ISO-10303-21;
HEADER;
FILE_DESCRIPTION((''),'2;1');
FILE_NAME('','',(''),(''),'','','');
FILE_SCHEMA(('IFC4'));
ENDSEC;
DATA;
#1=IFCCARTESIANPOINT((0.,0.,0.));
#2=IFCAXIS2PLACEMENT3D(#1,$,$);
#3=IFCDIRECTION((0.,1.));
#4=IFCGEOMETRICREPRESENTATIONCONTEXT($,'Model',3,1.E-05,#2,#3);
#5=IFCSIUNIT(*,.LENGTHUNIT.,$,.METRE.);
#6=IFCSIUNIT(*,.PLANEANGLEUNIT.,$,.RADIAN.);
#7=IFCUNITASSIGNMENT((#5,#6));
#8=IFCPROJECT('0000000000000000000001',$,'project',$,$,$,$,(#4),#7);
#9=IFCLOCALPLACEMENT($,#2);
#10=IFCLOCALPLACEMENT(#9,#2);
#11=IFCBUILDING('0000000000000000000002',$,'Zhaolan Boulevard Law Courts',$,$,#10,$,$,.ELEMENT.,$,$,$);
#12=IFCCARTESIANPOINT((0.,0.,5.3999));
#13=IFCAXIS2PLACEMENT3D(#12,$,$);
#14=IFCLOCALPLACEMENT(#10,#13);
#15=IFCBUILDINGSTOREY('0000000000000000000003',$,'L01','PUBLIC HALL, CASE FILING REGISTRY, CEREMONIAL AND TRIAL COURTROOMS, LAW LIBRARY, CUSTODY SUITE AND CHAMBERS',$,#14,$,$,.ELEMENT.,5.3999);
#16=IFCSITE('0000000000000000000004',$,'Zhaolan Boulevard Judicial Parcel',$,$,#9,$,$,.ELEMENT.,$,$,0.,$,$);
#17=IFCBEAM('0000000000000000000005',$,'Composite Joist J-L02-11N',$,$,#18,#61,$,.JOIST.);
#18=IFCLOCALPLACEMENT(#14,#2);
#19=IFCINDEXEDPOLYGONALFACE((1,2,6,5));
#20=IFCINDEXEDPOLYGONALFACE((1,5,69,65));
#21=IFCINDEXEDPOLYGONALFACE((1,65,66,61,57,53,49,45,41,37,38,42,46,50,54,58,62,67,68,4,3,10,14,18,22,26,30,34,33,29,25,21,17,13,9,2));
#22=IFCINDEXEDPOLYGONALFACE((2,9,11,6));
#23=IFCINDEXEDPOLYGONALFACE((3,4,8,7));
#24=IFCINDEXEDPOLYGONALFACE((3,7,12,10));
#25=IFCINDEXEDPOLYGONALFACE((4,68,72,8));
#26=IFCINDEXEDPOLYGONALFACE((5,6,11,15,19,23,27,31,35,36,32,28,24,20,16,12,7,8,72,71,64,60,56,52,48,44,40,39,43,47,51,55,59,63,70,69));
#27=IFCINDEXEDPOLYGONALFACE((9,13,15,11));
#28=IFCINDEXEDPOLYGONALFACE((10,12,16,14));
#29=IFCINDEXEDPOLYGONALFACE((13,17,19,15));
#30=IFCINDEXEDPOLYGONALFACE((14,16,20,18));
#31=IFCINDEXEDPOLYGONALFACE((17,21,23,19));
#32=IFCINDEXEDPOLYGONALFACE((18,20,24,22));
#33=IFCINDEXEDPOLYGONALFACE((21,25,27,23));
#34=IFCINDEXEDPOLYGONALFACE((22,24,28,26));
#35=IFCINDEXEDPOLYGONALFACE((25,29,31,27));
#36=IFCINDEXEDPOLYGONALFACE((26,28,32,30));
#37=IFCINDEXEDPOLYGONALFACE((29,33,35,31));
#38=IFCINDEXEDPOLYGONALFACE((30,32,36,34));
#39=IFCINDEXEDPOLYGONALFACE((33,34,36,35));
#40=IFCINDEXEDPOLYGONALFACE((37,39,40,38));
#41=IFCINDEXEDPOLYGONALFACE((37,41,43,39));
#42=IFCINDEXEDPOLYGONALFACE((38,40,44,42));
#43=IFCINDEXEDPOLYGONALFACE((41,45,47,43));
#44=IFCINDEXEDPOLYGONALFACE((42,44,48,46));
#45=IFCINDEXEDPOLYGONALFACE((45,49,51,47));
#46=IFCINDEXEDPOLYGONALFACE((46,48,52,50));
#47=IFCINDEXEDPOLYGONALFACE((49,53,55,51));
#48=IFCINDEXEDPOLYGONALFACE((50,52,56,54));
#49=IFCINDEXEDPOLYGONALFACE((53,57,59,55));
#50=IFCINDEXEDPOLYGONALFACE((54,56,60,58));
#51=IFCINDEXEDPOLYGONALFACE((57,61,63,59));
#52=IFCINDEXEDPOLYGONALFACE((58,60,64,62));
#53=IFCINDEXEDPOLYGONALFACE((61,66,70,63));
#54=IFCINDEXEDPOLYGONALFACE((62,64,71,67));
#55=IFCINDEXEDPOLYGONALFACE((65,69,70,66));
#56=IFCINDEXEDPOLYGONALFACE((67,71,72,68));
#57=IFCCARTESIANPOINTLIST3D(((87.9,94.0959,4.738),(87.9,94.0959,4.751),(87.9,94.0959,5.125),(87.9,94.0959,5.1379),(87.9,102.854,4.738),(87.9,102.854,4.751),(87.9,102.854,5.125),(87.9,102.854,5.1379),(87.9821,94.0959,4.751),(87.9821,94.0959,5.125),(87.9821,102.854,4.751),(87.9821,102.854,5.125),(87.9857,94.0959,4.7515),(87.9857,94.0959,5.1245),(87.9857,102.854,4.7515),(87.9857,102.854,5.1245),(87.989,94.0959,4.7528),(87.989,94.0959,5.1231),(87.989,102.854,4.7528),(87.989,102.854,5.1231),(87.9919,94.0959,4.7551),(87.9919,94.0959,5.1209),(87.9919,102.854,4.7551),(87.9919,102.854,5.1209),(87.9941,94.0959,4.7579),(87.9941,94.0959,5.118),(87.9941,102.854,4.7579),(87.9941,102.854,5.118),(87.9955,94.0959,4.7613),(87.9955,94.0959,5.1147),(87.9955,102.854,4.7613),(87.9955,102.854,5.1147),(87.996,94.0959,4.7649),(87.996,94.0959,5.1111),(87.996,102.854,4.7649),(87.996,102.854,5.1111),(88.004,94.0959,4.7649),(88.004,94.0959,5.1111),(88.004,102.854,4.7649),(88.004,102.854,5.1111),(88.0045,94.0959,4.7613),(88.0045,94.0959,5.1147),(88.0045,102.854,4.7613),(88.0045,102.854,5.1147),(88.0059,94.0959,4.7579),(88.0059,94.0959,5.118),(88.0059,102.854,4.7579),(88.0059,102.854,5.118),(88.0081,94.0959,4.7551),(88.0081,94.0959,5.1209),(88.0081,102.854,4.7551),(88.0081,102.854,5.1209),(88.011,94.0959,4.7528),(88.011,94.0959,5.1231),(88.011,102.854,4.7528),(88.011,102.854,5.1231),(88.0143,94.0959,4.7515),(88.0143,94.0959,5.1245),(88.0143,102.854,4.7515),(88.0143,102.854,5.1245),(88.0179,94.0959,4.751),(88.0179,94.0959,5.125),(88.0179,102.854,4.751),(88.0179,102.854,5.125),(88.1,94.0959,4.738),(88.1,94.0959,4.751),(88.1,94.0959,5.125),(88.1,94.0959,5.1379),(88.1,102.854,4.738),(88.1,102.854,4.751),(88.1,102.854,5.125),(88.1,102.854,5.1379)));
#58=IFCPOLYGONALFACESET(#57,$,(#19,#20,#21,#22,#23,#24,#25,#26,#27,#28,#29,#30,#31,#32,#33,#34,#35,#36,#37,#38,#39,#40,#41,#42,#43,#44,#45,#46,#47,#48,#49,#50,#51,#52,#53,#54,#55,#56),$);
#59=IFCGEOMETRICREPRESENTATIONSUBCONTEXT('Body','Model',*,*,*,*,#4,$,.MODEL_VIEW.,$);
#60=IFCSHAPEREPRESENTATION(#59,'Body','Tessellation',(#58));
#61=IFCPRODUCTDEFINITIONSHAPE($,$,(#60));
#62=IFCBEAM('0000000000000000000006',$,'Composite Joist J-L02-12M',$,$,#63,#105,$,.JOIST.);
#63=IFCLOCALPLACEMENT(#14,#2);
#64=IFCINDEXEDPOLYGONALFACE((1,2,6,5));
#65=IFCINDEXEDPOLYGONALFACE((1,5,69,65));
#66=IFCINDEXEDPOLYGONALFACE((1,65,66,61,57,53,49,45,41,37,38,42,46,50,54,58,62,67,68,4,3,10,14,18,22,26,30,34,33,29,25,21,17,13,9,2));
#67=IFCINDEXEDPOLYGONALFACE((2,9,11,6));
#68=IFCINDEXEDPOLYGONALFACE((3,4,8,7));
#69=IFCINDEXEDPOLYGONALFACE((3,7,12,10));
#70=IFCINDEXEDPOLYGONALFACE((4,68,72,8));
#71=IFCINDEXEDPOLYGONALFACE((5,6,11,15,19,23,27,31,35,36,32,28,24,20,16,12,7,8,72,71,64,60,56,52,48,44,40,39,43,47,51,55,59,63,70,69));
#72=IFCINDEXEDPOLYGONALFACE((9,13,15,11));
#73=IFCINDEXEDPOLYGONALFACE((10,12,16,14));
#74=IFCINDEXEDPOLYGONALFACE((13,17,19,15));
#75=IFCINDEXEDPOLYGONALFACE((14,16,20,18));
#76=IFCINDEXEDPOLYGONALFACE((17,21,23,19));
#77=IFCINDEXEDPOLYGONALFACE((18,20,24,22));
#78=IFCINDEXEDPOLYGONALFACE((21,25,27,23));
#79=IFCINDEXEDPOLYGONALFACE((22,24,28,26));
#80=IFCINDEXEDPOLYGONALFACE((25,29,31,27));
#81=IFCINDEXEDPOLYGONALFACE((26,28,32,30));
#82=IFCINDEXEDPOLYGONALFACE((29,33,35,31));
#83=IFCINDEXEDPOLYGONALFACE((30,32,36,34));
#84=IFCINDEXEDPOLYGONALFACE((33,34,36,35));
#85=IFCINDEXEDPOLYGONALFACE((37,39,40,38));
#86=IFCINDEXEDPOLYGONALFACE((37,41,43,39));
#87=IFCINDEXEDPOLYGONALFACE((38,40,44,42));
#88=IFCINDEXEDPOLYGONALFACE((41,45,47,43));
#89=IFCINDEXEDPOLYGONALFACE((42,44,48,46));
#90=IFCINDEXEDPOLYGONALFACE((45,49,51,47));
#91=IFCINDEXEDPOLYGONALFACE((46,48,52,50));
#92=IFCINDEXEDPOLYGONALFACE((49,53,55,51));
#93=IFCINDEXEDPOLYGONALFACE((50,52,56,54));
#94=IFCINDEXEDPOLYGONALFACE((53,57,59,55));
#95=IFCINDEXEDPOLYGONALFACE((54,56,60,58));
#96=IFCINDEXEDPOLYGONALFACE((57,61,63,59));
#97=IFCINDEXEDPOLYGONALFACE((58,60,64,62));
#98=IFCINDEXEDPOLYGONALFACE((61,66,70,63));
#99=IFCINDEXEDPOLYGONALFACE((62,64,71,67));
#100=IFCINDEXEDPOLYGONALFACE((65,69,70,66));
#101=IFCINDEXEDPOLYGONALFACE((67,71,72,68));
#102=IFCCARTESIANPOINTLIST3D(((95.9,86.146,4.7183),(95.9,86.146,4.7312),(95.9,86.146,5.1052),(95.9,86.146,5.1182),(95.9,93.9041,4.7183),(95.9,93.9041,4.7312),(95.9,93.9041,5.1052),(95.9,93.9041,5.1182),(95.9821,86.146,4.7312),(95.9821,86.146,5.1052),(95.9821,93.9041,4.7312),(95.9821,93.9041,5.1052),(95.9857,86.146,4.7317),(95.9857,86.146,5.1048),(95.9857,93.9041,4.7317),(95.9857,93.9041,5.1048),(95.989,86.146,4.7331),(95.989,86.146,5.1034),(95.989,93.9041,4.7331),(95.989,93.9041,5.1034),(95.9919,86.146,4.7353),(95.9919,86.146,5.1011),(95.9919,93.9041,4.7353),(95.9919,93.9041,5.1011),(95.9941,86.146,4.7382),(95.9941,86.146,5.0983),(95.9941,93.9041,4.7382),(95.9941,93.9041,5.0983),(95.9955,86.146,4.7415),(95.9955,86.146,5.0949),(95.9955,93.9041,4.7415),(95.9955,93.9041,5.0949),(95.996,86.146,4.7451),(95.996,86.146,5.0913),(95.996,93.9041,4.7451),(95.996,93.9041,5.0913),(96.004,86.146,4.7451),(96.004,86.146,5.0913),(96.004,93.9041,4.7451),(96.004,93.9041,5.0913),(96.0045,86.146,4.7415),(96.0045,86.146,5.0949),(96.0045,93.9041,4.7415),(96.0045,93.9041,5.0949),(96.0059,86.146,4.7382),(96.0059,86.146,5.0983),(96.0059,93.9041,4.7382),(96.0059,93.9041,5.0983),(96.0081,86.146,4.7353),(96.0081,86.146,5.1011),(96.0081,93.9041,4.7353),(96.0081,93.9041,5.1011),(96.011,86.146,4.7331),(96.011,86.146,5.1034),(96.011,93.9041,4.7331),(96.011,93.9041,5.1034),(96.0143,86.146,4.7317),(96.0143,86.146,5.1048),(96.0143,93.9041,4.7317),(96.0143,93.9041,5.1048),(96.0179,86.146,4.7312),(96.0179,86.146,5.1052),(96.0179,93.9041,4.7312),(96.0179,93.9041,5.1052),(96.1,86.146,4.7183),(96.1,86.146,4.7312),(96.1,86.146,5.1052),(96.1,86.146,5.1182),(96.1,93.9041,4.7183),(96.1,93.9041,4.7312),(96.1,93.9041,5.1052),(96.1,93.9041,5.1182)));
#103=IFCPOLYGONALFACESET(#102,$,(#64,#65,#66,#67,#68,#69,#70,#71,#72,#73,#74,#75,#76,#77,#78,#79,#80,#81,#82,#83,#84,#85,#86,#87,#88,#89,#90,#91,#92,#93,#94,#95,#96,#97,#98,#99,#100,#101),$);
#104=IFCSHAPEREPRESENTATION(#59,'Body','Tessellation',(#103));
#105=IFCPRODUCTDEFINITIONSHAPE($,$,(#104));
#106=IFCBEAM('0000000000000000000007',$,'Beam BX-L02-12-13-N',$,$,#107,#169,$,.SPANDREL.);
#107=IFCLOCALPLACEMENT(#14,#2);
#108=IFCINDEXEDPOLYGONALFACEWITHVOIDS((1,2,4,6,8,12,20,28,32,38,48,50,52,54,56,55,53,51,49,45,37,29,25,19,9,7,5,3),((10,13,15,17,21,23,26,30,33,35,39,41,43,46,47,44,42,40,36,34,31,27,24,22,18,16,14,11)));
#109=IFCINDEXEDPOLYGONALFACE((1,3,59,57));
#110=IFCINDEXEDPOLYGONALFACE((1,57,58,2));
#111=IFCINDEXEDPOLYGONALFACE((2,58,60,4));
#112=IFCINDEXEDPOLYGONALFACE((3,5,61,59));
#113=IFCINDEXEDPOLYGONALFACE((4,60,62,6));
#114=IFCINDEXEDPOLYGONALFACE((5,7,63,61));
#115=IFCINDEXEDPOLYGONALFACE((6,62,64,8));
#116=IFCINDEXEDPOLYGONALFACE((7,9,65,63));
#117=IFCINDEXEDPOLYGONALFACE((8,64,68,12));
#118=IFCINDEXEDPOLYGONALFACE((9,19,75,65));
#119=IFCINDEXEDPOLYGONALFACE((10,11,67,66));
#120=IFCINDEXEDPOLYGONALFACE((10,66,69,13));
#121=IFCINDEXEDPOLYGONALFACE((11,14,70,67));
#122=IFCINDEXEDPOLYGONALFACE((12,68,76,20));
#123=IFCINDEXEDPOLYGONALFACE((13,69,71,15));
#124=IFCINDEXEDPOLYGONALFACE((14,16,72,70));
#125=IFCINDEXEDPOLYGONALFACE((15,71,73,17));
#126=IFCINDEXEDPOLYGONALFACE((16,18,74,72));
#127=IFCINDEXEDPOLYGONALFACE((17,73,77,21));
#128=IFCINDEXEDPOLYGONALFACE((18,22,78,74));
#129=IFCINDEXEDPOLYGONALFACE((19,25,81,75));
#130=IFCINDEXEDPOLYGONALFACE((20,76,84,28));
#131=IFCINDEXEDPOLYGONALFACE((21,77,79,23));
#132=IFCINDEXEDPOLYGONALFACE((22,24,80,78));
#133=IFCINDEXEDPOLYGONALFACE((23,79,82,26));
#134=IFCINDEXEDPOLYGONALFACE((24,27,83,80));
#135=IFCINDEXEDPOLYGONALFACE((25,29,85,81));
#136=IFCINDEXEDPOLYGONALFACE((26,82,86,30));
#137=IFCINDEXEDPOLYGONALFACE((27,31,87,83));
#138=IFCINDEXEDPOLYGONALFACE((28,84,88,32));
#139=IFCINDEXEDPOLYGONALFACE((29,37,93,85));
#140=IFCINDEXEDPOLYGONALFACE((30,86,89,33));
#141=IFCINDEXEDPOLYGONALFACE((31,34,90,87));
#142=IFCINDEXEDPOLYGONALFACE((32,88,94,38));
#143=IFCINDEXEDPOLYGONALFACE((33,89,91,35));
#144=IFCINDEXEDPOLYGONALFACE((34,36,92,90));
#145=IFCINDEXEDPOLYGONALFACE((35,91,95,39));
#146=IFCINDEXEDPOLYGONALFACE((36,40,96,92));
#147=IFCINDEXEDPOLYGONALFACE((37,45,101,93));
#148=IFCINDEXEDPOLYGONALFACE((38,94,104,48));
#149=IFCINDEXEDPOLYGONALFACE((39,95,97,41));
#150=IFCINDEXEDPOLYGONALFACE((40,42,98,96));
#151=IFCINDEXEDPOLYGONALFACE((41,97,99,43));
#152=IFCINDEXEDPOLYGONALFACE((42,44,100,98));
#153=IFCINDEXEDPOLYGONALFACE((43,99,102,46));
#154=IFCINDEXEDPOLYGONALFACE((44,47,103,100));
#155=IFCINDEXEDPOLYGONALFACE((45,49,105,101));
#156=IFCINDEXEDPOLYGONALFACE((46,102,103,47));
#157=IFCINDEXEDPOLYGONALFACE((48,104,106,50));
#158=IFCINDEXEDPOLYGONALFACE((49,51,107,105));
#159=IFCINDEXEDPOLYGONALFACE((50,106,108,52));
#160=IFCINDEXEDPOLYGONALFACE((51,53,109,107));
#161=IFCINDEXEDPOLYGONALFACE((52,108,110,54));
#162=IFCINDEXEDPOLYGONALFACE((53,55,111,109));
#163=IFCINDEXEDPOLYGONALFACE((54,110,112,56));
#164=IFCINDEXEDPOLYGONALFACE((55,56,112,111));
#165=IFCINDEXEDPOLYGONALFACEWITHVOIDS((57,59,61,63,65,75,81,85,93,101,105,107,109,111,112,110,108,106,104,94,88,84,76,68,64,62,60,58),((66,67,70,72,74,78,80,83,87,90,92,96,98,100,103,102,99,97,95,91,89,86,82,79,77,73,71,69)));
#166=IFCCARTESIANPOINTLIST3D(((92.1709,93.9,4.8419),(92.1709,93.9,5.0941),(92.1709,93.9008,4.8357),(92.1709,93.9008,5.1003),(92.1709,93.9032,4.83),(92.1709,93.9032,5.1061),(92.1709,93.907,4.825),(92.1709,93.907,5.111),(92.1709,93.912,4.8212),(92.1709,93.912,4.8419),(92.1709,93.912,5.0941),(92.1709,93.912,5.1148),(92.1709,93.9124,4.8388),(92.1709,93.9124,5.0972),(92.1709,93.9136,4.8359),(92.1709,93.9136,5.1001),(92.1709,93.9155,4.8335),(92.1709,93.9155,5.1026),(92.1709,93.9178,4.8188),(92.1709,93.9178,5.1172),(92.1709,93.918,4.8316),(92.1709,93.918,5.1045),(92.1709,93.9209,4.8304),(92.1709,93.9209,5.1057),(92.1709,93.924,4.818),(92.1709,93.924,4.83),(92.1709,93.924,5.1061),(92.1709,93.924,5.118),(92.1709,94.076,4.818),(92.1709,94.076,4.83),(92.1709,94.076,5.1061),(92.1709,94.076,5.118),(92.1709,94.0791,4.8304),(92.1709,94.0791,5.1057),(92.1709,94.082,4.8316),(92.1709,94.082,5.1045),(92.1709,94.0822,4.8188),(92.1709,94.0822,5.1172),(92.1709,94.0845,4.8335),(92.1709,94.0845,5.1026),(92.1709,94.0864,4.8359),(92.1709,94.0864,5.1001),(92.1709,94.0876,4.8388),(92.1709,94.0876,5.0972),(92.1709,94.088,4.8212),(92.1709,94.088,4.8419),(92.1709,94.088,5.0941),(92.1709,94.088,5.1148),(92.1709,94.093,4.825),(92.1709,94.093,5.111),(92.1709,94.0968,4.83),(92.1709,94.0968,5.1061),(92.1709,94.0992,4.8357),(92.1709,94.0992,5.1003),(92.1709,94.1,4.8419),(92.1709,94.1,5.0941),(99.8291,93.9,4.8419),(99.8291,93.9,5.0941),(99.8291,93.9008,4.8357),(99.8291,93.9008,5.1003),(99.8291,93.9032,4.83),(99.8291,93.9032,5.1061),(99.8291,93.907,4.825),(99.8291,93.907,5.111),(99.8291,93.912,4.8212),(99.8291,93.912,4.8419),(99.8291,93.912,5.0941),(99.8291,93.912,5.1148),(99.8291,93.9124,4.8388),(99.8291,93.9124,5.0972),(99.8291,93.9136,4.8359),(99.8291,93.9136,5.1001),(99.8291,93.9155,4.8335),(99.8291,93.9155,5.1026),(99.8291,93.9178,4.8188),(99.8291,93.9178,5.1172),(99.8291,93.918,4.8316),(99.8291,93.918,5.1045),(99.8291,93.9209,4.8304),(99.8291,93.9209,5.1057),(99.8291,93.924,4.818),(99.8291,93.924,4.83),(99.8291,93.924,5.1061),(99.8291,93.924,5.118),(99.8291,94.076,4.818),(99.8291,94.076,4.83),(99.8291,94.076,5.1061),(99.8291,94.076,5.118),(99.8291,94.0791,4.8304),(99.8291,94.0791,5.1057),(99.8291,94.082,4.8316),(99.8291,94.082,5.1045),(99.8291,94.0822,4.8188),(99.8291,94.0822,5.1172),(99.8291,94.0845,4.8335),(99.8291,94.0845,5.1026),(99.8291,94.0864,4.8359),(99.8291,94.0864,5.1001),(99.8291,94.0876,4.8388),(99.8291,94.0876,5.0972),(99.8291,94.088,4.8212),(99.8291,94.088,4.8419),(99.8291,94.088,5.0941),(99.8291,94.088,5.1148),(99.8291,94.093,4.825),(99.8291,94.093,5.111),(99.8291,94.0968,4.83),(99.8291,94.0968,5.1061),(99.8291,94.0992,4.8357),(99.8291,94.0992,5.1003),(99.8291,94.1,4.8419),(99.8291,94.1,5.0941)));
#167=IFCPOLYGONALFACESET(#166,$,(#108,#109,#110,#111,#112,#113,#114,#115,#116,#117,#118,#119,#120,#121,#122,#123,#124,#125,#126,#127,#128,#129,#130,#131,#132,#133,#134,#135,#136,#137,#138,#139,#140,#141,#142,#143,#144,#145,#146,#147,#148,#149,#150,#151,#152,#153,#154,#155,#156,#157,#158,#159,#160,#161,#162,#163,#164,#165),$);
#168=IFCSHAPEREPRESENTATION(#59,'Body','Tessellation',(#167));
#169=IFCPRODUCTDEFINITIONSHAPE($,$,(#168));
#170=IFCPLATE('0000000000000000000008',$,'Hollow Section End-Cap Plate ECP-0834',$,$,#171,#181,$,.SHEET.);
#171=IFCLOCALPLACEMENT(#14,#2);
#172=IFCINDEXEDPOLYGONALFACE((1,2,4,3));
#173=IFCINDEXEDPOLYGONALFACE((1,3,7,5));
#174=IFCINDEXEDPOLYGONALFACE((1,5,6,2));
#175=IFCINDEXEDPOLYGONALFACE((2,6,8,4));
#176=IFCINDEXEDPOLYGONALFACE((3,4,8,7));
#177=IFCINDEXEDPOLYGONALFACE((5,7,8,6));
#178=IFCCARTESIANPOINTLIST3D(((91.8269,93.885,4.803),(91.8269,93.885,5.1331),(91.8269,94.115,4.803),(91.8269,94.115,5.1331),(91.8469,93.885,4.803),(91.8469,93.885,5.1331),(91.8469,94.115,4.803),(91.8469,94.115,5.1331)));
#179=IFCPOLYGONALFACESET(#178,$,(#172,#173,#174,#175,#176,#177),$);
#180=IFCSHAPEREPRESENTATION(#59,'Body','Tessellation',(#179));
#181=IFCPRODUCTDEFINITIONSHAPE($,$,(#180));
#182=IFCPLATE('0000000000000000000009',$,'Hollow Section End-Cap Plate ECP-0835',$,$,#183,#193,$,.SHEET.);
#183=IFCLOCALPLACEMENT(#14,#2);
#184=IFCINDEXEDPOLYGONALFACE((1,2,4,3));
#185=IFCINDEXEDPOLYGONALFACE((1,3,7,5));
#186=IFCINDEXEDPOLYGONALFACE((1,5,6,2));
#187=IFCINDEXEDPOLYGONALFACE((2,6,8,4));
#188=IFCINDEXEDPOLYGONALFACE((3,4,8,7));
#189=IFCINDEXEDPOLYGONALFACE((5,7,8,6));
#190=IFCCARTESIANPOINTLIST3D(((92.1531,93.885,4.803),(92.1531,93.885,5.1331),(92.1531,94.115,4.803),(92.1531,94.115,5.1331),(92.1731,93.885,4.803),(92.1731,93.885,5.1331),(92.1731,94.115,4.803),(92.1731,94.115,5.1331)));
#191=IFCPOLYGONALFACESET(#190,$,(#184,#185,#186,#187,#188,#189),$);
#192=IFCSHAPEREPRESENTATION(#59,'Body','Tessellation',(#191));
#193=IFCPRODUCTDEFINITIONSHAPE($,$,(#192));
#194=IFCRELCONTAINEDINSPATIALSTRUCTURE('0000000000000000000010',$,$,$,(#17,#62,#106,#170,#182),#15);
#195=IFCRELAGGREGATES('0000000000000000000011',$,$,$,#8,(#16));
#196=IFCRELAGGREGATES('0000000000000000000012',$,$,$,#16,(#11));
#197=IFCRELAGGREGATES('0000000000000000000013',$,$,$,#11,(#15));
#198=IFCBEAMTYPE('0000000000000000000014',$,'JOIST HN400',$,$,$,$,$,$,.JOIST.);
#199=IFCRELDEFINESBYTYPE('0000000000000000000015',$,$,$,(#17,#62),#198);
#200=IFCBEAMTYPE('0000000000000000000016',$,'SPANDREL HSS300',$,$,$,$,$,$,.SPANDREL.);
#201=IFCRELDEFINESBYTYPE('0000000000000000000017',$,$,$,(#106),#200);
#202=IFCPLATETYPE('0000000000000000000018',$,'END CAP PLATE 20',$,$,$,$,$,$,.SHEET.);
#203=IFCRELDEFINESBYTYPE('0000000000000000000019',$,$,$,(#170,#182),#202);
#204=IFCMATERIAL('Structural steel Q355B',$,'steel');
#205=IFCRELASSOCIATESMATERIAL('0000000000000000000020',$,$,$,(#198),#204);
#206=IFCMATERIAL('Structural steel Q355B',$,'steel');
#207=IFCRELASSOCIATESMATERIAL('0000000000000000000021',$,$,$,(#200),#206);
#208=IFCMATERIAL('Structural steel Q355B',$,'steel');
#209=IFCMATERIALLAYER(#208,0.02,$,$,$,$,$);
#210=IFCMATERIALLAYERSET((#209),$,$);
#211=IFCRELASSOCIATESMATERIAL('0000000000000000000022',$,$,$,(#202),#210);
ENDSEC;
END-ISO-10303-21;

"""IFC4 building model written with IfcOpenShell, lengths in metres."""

from ifc_helpers import new_model, si_unit, direction, frame, origin, origin_2d, place, context, subcontext, project, spatial, rectangle, hollow_rectangle, i_section, extrude, material, layer, layer_set, material_profile, profile_set, type_object, element, save


model = new_model("IFC4")

# Units and contexts
model_context = context("Model", 3, precision=1e-05, world=origin(), true_north=direction((0.0, 1.0)))
body_context = subcontext(model_context, "Body", "Model", "MODEL_VIEW")
ifc_project = project(units=[si_unit("LENGTHUNIT", "METRE"), si_unit("PLANEANGLEUNIT", "RADIAN")], contexts=[model_context])

# Site, building, storey
site_placement = place(None, origin())
site = spatial("IfcSite", under=ifc_project, at=site_placement, Name="Zhaolan Boulevard Judicial Parcel", CompositionType="ELEMENT", RefElevation=0.0)
building_placement = place(site_placement, origin())
building = spatial("IfcBuilding", under=site, at=building_placement, Name="Zhaolan Boulevard Law Courts", CompositionType="ELEMENT")
storey_placement = place(building_placement, frame((0.0, 0.0, 5.3999)))
storey = spatial("IfcBuildingStorey", under=building, at=storey_placement, Name="L01", Description="PUBLIC HALL, CASE FILING REGISTRY, CEREMONIAL AND TRIAL COURTROOMS, LAW LIBRARY, CUSTODY SUITE AND CHAMBERS", CompositionType="ELEMENT", Elevation=5.3999)

# Beams
ifc_material_1 = material(Name="Structural steel Q355B", Category="steel")
ifc_material_profile_1 = material_profile(ifc_material_1, i_section(OverallWidth=0.2, OverallDepth=0.3999, WebThickness=0.0081, FlangeThickness=0.0129, FilletRadius=0.0139, at=origin_2d()), Name="HN400x200")
ifc_profile_set_1 = profile_set([ifc_material_profile_1], Name="Structural steel Q355B")
beam_type_1 = type_object("IfcBeamType", Name="JOIST HN400", PredefinedType="JOIST", material=ifc_profile_set_1)
beam_1_placement = place(storey_placement, frame((88.0, 94.0959, 4.938), z_axis=(0.0, 1.0, 0.0), x_axis=(-1.0, 0.0, 0.0)))
element("IfcBeam", 1, at=beam_1_placement, inside=storey, type_object=beam_type_1, Name="Composite Joist J-L02-11N", PredefinedType="JOIST", context=body_context, shape_type="SweptSolid", body=[
    extrude(i_section(OverallWidth=0.2, OverallDepth=0.3999, WebThickness=0.0081, FlangeThickness=0.0129, FilletRadius=0.0139, at=origin_2d()), origin(), (0.0, 0.0, 1.0), 8.7581),
])
beam_2_placement = place(storey_placement, frame((96.0, 86.146, 4.9182), z_axis=(0.0, 1.0, 0.0), x_axis=(-1.0, 0.0, 0.0)))
element("IfcBeam", 2, at=beam_2_placement, inside=storey, type_object=beam_type_1, Name="Composite Joist J-L02-12M", PredefinedType="JOIST", context=body_context, shape_type="SweptSolid", body=[
    extrude(i_section(OverallWidth=0.2, OverallDepth=0.3999, WebThickness=0.0081, FlangeThickness=0.0129, FilletRadius=0.0139, at=origin_2d()), origin(), (0.0, 0.0, 1.0), 7.7581),
])
ifc_material_2 = material(Name="Structural steel Q355B", Category="steel")
ifc_material_profile_2 = material_profile(ifc_material_2, hollow_rectangle(XDim=0.2, YDim=0.3, WallThickness=0.012, InnerFilletRadius=0.012, OuterFilletRadius=0.0239, at=origin_2d()), Name="HSS300x200x12")
ifc_profile_set_2 = profile_set([ifc_material_profile_2], Name="Structural steel Q355B")
beam_type_2 = type_object("IfcBeamType", Name="SPANDREL HSS300", PredefinedType="SPANDREL", material=ifc_profile_set_2)
beam_3_placement = place(storey_placement, frame((92.1709, 94.0, 4.968), z_axis=(1.0, 0.0, 0.0), x_axis=(0.0, 1.0, 0.0)))
element("IfcBeam", 3, at=beam_3_placement, inside=storey, type_object=beam_type_2, Name="Beam BX-L02-12-13-N", PredefinedType="SPANDREL", context=body_context, shape_type="SweptSolid", body=[
    extrude(hollow_rectangle(XDim=0.2, YDim=0.3, WallThickness=0.012, InnerFilletRadius=0.012, OuterFilletRadius=0.0239, at=origin_2d()), origin(), (0.0, 0.0, 1.0), 7.6582),
])

# Plates
ifc_material_3 = material(Name="Structural steel Q355B", Category="steel")
ifc_layer_1 = layer(ifc_material_3, 0.02)
ifc_layer_set_1 = layer_set([ifc_layer_1])
plate_type_1 = type_object("IfcPlateType", Name="END CAP PLATE 20", PredefinedType="SHEET", material=ifc_layer_set_1)
for number, where, z_axis, x_axis, name in (
    (4, (91.8369, 94.0, 4.803), (0.0, 0.0, 1.0), (1.0, 0.0, 0.0), "Hollow Section End-Cap Plate ECP-0834"),
    (5, (92.1631, 94.0, 4.803), (0.0, 0.0, 1.0), (1.0, 0.0, 0.0), "Hollow Section End-Cap Plate ECP-0835"),
):
    element("IfcPlate", number, at=place(storey_placement, frame(where, z_axis=z_axis, x_axis=x_axis)), inside=storey, type_object=plate_type_1, Name=name, PredefinedType="SHEET", context=body_context, shape_type="SweptSolid", body=[
        extrude(rectangle(XDim=0.02, YDim=0.23, at=origin_2d()), origin(), (0.0, 0.0, 1.0), 0.3301),
    ])

save(model, "model.ifc")
